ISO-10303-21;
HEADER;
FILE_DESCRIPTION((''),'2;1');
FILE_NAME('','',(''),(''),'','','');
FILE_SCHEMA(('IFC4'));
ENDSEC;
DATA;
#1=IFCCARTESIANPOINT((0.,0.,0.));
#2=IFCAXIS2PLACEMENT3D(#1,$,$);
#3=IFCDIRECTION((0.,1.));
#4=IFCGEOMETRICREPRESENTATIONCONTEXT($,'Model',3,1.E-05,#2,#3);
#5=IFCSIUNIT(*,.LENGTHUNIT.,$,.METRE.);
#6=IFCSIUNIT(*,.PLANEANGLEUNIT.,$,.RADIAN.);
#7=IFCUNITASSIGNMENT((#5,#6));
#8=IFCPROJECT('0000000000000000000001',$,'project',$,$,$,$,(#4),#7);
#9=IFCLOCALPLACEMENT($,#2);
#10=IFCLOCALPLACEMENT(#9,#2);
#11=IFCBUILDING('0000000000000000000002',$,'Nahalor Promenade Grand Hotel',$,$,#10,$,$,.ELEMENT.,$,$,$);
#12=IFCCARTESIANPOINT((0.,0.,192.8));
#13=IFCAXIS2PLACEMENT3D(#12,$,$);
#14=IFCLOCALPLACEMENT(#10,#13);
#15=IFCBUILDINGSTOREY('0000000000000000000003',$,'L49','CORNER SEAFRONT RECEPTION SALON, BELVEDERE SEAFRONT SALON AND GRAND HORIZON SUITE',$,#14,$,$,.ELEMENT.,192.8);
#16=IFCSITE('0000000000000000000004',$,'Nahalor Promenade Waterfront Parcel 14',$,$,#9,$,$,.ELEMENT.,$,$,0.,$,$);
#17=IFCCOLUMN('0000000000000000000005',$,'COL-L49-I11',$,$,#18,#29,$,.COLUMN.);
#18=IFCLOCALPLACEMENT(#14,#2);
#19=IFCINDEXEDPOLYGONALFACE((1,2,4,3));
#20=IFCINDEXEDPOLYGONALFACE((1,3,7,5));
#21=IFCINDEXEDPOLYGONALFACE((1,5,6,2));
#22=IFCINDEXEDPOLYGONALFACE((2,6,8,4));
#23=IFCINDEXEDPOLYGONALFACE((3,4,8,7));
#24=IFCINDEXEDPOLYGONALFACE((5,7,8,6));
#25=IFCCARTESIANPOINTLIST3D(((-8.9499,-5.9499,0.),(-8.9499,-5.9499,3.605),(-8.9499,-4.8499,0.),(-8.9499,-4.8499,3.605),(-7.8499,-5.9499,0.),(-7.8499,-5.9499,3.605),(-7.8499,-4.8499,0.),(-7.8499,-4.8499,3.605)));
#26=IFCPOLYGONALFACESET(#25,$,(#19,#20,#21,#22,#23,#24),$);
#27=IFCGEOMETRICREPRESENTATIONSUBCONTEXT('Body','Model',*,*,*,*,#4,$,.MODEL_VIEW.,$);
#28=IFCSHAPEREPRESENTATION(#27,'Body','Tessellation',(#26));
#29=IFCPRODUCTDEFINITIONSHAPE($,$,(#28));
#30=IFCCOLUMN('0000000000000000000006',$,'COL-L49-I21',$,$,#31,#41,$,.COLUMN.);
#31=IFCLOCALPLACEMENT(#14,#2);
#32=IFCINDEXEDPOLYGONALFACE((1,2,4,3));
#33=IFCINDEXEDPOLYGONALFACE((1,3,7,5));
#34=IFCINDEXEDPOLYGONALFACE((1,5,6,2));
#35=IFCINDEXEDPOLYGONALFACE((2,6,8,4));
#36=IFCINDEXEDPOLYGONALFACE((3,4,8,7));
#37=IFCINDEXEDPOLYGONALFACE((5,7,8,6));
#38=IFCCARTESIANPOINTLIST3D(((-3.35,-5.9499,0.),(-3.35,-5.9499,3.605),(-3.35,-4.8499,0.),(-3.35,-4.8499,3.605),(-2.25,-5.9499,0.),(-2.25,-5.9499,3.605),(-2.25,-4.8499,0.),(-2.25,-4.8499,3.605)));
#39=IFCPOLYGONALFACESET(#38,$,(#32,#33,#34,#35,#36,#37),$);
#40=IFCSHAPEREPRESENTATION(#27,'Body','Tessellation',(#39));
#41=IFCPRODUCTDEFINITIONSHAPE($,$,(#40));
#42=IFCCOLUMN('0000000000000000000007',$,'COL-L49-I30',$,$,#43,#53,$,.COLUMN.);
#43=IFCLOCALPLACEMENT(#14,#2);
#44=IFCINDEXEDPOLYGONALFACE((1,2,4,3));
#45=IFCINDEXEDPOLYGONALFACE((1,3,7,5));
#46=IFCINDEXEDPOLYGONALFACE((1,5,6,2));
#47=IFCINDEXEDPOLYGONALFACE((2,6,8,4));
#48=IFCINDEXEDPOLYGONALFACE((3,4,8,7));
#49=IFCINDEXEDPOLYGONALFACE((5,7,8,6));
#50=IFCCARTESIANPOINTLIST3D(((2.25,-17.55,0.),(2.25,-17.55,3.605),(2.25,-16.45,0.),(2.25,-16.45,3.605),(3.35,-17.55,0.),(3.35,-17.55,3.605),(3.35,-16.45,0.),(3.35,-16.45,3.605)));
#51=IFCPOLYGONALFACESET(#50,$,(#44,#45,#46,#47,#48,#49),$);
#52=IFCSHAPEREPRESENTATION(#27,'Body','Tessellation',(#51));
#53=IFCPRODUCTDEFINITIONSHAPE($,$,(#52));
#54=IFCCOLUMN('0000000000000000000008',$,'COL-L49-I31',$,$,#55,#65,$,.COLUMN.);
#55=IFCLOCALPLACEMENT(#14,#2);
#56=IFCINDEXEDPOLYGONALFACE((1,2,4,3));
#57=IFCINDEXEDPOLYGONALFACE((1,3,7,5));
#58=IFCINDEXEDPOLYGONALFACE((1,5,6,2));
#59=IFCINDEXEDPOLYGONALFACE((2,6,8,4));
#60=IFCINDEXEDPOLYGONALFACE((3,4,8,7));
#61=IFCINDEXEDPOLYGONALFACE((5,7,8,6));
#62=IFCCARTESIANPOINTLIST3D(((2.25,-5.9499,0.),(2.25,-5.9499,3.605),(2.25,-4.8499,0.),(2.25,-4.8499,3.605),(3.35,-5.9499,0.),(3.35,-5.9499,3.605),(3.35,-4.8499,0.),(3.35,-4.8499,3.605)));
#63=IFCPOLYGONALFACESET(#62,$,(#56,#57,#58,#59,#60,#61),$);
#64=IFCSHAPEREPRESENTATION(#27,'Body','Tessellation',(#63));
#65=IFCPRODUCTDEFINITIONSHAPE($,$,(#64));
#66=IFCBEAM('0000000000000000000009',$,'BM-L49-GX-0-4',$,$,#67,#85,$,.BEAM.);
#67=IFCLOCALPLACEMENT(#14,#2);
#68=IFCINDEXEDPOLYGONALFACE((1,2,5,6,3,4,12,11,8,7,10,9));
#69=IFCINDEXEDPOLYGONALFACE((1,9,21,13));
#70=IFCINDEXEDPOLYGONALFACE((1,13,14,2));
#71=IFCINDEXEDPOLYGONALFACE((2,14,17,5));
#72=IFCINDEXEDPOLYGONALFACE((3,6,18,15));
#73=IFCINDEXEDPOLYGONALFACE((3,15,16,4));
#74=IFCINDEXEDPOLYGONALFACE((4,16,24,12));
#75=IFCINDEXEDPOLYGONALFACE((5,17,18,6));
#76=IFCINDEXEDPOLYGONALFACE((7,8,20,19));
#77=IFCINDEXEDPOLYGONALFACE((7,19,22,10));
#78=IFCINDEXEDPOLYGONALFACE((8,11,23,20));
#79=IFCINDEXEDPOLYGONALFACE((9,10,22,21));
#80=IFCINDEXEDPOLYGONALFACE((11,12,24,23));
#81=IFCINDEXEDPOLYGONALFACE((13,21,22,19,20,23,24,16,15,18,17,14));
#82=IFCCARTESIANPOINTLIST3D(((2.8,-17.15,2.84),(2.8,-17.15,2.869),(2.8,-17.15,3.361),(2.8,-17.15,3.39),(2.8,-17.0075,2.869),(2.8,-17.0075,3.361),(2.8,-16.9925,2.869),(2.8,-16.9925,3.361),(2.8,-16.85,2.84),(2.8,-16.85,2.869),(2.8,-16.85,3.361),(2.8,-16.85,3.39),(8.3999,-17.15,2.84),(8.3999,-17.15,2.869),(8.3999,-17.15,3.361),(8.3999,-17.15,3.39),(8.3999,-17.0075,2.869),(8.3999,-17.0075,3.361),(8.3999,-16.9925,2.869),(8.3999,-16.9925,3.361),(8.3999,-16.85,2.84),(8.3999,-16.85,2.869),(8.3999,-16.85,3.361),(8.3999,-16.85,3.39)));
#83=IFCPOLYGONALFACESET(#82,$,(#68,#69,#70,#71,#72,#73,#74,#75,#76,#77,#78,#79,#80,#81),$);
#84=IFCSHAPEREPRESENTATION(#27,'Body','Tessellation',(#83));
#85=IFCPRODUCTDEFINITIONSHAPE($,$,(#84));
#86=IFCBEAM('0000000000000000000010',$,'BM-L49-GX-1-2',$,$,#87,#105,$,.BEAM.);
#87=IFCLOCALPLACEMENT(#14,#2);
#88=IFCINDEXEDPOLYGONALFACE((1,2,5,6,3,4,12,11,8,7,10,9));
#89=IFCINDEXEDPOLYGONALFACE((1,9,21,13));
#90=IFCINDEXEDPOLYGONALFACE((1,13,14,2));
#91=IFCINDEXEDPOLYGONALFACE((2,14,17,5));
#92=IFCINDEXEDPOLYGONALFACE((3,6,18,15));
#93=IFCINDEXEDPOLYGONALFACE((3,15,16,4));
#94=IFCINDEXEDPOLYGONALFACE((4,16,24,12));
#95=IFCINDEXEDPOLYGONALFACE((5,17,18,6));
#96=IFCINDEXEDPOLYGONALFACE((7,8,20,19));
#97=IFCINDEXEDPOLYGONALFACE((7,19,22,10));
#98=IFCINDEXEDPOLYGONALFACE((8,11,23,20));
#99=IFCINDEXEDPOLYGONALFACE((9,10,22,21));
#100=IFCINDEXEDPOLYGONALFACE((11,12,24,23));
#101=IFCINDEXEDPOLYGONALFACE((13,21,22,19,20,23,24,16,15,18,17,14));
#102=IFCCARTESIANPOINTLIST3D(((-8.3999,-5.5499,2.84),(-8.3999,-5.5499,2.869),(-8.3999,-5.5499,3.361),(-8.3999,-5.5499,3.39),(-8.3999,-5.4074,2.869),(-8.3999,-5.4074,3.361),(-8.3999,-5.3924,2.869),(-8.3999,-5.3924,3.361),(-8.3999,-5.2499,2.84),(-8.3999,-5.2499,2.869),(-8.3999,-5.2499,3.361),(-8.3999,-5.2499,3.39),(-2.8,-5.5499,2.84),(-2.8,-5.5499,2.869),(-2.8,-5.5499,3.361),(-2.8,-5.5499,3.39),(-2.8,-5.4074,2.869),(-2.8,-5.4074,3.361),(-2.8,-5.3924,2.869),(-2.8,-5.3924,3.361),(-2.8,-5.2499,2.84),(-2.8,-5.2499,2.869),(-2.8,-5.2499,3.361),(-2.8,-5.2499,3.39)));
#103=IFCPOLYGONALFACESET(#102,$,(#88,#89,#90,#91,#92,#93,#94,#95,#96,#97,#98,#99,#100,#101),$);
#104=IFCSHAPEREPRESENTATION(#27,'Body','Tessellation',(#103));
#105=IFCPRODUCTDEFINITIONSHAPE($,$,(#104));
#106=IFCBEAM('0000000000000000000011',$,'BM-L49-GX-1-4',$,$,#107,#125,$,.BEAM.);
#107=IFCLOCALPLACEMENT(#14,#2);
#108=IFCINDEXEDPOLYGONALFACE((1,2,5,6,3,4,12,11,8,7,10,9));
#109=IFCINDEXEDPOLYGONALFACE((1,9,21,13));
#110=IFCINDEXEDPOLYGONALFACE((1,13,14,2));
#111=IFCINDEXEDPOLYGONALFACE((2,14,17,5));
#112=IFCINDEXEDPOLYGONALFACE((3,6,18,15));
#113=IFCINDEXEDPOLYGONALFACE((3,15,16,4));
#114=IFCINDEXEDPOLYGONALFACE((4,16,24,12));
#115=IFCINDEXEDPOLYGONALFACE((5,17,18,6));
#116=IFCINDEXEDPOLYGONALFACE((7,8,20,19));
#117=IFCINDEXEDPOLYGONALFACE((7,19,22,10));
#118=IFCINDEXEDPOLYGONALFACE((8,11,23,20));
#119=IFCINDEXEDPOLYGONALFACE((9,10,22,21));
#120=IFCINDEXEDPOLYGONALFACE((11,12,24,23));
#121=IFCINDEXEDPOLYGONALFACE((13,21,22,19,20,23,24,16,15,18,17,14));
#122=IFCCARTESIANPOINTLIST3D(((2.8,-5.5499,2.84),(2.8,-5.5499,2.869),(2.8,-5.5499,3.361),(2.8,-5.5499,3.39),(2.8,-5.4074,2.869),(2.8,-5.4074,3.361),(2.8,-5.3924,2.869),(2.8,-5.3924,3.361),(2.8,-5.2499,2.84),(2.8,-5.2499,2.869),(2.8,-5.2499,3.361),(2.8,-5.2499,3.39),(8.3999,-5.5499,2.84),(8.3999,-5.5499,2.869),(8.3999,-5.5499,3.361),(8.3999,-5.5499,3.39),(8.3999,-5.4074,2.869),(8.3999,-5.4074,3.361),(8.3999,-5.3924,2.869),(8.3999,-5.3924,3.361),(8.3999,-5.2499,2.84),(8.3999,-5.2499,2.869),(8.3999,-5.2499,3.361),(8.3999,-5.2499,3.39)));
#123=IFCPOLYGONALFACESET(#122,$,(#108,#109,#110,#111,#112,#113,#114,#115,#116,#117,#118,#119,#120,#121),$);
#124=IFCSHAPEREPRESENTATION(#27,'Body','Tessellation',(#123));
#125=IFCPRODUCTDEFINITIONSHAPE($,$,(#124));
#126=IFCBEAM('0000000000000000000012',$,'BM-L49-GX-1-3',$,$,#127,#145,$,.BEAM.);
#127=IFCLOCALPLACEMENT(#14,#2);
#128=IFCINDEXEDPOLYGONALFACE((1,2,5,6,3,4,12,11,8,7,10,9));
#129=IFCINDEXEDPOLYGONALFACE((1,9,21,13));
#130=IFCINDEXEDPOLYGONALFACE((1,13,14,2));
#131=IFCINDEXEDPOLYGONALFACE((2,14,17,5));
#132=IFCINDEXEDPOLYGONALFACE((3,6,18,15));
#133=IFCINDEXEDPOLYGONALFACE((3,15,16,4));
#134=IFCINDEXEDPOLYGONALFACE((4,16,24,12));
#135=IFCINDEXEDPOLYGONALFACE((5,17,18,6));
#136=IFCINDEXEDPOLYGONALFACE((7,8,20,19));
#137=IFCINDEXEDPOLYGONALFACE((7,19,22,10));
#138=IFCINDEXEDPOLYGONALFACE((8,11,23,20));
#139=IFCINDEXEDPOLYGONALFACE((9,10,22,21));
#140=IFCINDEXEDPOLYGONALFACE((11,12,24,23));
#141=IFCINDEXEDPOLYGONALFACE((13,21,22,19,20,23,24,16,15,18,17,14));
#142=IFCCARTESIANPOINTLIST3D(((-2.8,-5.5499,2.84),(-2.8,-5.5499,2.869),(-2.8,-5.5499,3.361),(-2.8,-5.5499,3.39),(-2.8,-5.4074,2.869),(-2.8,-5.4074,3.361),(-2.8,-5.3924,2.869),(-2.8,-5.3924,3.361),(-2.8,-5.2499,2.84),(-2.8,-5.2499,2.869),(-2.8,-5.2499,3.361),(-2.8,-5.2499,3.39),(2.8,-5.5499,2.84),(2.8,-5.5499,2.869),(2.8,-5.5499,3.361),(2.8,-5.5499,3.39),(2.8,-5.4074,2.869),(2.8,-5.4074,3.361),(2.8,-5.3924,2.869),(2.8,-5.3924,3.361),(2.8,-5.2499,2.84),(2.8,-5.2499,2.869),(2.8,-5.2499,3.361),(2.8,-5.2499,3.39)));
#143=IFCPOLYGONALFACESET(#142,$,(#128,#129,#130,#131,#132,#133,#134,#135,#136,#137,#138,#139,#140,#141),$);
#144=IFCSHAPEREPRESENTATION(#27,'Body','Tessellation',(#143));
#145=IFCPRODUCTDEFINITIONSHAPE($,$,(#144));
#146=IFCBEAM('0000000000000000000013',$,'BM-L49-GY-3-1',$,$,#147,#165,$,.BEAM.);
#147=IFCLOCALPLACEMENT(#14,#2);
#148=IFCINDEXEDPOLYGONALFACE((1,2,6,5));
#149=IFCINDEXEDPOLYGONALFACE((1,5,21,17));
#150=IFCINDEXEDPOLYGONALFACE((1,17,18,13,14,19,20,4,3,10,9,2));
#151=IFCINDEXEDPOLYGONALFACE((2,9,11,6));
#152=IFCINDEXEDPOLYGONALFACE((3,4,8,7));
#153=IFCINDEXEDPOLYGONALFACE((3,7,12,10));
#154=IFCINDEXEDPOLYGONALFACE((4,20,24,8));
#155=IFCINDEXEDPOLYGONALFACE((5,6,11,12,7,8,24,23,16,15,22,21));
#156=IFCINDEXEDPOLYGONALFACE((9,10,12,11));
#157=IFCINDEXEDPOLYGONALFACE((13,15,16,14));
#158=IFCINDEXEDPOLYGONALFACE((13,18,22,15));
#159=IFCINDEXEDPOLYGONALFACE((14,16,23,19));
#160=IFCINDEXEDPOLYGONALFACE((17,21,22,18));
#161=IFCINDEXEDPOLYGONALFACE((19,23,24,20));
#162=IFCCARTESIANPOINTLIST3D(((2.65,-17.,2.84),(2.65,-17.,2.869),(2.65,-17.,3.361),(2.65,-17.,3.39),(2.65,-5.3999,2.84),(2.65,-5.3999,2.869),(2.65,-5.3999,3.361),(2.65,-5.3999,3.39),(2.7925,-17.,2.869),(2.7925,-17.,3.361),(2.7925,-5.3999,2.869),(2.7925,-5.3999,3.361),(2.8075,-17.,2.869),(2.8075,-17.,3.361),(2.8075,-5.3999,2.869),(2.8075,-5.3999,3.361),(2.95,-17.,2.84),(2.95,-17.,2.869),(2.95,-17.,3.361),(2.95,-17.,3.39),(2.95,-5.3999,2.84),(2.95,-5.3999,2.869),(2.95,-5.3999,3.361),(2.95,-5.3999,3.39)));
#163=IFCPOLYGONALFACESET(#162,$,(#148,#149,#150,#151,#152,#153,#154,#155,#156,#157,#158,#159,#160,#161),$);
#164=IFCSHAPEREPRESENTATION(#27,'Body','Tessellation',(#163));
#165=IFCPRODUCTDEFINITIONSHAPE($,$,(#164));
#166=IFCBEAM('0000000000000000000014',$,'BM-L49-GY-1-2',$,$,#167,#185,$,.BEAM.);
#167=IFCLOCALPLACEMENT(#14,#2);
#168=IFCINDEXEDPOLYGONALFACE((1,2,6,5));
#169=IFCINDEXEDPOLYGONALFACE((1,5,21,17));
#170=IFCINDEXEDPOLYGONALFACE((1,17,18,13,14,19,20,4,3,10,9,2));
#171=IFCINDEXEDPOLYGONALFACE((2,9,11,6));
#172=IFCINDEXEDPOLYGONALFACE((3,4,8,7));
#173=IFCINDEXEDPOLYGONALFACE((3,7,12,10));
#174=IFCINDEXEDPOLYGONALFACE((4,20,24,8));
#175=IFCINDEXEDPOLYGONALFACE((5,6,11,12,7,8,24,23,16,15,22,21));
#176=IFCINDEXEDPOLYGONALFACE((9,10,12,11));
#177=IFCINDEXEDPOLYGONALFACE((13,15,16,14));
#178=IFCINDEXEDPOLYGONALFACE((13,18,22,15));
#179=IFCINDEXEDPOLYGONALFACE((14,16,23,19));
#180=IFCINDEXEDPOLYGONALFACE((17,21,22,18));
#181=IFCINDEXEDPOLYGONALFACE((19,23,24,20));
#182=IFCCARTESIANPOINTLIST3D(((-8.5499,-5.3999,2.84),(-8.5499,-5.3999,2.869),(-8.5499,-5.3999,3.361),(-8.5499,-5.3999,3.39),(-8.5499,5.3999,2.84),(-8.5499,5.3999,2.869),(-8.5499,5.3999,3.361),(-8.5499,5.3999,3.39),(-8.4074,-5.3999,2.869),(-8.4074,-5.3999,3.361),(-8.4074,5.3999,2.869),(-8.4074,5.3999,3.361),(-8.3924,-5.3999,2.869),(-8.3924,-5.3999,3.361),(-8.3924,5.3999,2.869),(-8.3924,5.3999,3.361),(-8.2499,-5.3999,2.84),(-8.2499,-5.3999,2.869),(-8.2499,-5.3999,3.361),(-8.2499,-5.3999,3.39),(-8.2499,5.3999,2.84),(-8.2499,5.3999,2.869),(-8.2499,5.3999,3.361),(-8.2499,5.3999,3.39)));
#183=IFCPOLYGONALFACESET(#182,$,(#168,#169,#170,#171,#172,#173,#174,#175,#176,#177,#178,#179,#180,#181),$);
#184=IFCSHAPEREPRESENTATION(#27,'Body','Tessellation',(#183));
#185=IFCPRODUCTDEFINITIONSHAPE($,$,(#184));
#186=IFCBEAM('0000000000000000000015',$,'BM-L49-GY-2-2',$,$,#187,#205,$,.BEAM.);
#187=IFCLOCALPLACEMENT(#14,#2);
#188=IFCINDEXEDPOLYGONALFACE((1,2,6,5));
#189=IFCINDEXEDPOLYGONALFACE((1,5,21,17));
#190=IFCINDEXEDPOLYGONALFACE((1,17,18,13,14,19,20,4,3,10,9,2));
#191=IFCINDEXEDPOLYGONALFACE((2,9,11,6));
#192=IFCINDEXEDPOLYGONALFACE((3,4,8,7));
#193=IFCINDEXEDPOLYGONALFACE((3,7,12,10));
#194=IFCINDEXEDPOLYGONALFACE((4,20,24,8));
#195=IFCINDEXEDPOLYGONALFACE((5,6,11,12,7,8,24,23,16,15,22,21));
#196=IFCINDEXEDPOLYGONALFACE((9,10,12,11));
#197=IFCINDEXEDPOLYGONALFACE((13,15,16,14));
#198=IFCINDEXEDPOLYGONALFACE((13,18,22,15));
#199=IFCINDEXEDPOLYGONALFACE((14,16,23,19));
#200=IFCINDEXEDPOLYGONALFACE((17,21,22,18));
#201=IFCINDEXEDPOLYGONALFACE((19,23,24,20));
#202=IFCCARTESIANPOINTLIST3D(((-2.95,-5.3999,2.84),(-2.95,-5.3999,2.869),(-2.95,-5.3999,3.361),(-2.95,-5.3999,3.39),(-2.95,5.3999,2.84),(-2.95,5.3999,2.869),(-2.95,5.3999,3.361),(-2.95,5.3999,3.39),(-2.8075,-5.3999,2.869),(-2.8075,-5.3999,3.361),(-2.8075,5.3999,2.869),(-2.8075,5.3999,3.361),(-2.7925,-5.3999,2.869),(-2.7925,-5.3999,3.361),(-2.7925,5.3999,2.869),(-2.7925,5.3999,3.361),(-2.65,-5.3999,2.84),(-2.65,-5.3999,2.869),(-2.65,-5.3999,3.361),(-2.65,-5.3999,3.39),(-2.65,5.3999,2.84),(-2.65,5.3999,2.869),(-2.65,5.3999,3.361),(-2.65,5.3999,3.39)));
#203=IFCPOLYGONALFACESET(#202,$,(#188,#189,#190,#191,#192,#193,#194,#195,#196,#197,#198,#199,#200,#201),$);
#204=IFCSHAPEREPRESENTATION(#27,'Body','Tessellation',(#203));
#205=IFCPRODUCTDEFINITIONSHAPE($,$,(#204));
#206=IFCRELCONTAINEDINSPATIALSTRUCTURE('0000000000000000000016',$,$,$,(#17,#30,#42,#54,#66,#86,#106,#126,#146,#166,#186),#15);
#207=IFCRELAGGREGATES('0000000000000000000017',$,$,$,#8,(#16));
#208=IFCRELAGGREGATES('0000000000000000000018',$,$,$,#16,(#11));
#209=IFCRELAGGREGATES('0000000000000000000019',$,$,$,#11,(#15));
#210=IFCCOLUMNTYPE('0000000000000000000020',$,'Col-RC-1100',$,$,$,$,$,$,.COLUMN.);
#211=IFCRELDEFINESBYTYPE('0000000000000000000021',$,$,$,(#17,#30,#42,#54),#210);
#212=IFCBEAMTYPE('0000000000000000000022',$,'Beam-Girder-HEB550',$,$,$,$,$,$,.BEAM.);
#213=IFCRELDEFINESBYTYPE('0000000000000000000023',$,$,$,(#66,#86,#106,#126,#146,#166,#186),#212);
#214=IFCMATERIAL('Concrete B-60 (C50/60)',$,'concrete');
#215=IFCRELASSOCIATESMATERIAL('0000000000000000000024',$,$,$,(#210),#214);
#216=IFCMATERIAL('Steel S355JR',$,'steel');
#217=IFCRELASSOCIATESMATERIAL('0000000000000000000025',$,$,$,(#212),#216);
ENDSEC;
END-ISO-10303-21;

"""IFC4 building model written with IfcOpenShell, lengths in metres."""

from ifc_helpers import new_model, si_unit, direction, frame, origin, origin_2d, place, context, subcontext, project, spatial, rectangle, i_section, extrude, source, transform, mapped, material, material_profile, profile_set, type_object, element, save


model = new_model("IFC4")

# Units and contexts
model_context = context("Model", 3, precision=1e-05, world=origin(), true_north=direction((0.0, 1.0)))
body_context = subcontext(model_context, "Body", "Model", "MODEL_VIEW")
ifc_project = project(units=[si_unit("LENGTHUNIT", "METRE"), si_unit("PLANEANGLEUNIT", "RADIAN")], contexts=[model_context])

# Site, building, storey
site_placement = place(None, origin())
site = spatial("IfcSite", under=ifc_project, at=site_placement, Name="Nahalor Promenade Waterfront Parcel 14", CompositionType="ELEMENT", RefElevation=0.0)
building_placement = place(site_placement, origin())
building = spatial("IfcBuilding", under=site, at=building_placement, Name="Nahalor Promenade Grand Hotel", CompositionType="ELEMENT")
storey_placement = place(building_placement, frame((0.0, 0.0, 192.8)))
storey = spatial("IfcBuildingStorey", under=building, at=storey_placement, Name="L49", Description="CORNER SEAFRONT RECEPTION SALON, BELVEDERE SEAFRONT SALON AND GRAND HORIZON SUITE", CompositionType="ELEMENT", Elevation=192.8)

# Columns
ifc_material_1 = material(Name="Concrete B-60 (C50/60)", Category="concrete")
ifc_material_profile_1 = material_profile(ifc_material_1, rectangle(XDim=1.1, YDim=1.1, at=origin_2d()), Name="RC 1100x1100")
ifc_profile_set_1 = profile_set([ifc_material_profile_1], Name="Concrete B-60 (C50/60)")
column_type = type_object("IfcColumnType", Name="Col-RC-1100", PredefinedType="COLUMN", material=ifc_profile_set_1)
shared_shape_1 = source(origin(), body_context, "Body", "SweptSolid", [
    extrude(rectangle(XDim=1.1, YDim=1.1, at=origin_2d()), origin(), (0.0, 0.0, 1.0), 3.605),
])
for number, where, z_axis, x_axis, name in (
    (1, (-8.3999, -5.3999, 0.0), (0.0, 0.0, 1.0), (1.0, 0.0, 0.0), "COL-L49-I11"),
    (2, (-2.8, -5.3999, 0.0), (0.0, 0.0, 1.0), (1.0, 0.0, 0.0), "COL-L49-I21"),
    (3, (2.8, -17.0, 0.0), (0.0, 0.0, 1.0), (1.0, 0.0, 0.0), "COL-L49-I30"),
    (4, (2.8, -5.3999, 0.0), (0.0, 0.0, 1.0), (1.0, 0.0, 0.0), "COL-L49-I31"),
):
    element("IfcColumn", number, at=place(storey_placement, frame(where, z_axis=z_axis, x_axis=x_axis)), inside=storey, type_object=column_type, Name=name, PredefinedType="COLUMN", context=body_context, shape_type="MappedRepresentation", body=[
        mapped(shared_shape_1, transform((0.0, 0.0, 0.0), scale=1.0)),
    ])

# Beams
ifc_material_2 = material(Name="Steel S355JR", Category="steel")
ifc_material_profile_2 = material_profile(ifc_material_2, i_section(OverallWidth=0.3, OverallDepth=0.55, WebThickness=0.015, FlangeThickness=0.029, at=origin_2d()), Name="HEB 550")
ifc_profile_set_2 = profile_set([ifc_material_profile_2], Name="Steel S355JR")
beam_type = type_object("IfcBeamType", Name="Beam-Girder-HEB550", PredefinedType="BEAM", material=ifc_profile_set_2)
shared_shape_2 = source(origin(), body_context, "Body", "SweptSolid", [
    extrude(i_section(OverallWidth=0.3, OverallDepth=0.55, WebThickness=0.015, FlangeThickness=0.029, at=origin_2d()), origin(), (0.0, 0.0, 1.0), 5.5999),
])
for number, where, z_axis, x_axis, name in (
    (5, (2.8, -17.0, 3.115), (1.0, 0.0, 0.0), (0.0, 1.0, 0.0), "BM-L49-GX-0-4"),
    (6, (-8.3999, -5.3999, 3.115), (1.0, 0.0, 0.0), (0.0, 1.0, 0.0), "BM-L49-GX-1-2"),
    (7, (2.8, -5.3999, 3.115), (1.0, 0.0, 0.0), (0.0, 1.0, 0.0), "BM-L49-GX-1-4"),
):
    element("IfcBeam", number, at=place(storey_placement, frame(where, z_axis=z_axis, x_axis=x_axis)), inside=storey, type_object=beam_type, Name=name, PredefinedType="BEAM", context=body_context, shape_type="MappedRepresentation", body=[
        mapped(shared_shape_2, transform((0.0, 0.0, 0.0), scale=1.0)),
    ])
shared_shape_3 = source(origin(), body_context, "Body", "SweptSolid", [
    extrude(i_section(OverallWidth=0.3, OverallDepth=0.55, WebThickness=0.015, FlangeThickness=0.029, at=origin_2d()), origin(), (0.0, 0.0, 1.0), 5.6001),
])
beam_1_placement = place(storey_placement, frame((-2.8, -5.3999, 3.115), z_axis=(1.0, 0.0, 0.0), x_axis=(0.0, 1.0, 0.0)))
element("IfcBeam", 8, at=beam_1_placement, inside=storey, type_object=beam_type, Name="BM-L49-GX-1-3", PredefinedType="BEAM", context=body_context, shape_type="MappedRepresentation", body=[
    mapped(shared_shape_3, transform((0.0, 0.0, 0.0), scale=1.0)),
])
shared_shape_4 = source(origin(), body_context, "Body", "SweptSolid", [
    extrude(i_section(OverallWidth=0.3, OverallDepth=0.55, WebThickness=0.015, FlangeThickness=0.029, at=origin_2d()), origin(), (0.0, 0.0, 1.0), 11.6001),
])
beam_2_placement = place(storey_placement, frame((2.8, -17.0, 3.115), z_axis=(0.0, 1.0, 0.0), x_axis=(-1.0, 0.0, 0.0)))
element("IfcBeam", 9, at=beam_2_placement, inside=storey, type_object=beam_type, Name="BM-L49-GY-3-1", PredefinedType="BEAM", context=body_context, shape_type="MappedRepresentation", body=[
    mapped(shared_shape_4, transform((0.0, 0.0, 0.0), scale=1.0)),
])
shared_shape_5 = source(origin(), body_context, "Body", "SweptSolid", [
    extrude(i_section(OverallWidth=0.3, OverallDepth=0.55, WebThickness=0.015, FlangeThickness=0.029, at=origin_2d()), origin(), (0.0, 0.0, 1.0), 10.7998),
])
for number, where, z_axis, x_axis, name in (
    (10, (-8.3999, -5.3999, 3.115), (0.0, 1.0, 0.0), (-1.0, 0.0, 0.0), "BM-L49-GY-1-2"),
    (11, (-2.8, -5.3999, 3.115), (0.0, 1.0, 0.0), (-1.0, 0.0, 0.0), "BM-L49-GY-2-2"),
):
    element("IfcBeam", number, at=place(storey_placement, frame(where, z_axis=z_axis, x_axis=x_axis)), inside=storey, type_object=beam_type, Name=name, PredefinedType="BEAM", context=body_context, shape_type="MappedRepresentation", body=[
        mapped(shared_shape_5, transform((0.0, 0.0, 0.0), scale=1.0)),
    ])

save(model, "model.ifc")
